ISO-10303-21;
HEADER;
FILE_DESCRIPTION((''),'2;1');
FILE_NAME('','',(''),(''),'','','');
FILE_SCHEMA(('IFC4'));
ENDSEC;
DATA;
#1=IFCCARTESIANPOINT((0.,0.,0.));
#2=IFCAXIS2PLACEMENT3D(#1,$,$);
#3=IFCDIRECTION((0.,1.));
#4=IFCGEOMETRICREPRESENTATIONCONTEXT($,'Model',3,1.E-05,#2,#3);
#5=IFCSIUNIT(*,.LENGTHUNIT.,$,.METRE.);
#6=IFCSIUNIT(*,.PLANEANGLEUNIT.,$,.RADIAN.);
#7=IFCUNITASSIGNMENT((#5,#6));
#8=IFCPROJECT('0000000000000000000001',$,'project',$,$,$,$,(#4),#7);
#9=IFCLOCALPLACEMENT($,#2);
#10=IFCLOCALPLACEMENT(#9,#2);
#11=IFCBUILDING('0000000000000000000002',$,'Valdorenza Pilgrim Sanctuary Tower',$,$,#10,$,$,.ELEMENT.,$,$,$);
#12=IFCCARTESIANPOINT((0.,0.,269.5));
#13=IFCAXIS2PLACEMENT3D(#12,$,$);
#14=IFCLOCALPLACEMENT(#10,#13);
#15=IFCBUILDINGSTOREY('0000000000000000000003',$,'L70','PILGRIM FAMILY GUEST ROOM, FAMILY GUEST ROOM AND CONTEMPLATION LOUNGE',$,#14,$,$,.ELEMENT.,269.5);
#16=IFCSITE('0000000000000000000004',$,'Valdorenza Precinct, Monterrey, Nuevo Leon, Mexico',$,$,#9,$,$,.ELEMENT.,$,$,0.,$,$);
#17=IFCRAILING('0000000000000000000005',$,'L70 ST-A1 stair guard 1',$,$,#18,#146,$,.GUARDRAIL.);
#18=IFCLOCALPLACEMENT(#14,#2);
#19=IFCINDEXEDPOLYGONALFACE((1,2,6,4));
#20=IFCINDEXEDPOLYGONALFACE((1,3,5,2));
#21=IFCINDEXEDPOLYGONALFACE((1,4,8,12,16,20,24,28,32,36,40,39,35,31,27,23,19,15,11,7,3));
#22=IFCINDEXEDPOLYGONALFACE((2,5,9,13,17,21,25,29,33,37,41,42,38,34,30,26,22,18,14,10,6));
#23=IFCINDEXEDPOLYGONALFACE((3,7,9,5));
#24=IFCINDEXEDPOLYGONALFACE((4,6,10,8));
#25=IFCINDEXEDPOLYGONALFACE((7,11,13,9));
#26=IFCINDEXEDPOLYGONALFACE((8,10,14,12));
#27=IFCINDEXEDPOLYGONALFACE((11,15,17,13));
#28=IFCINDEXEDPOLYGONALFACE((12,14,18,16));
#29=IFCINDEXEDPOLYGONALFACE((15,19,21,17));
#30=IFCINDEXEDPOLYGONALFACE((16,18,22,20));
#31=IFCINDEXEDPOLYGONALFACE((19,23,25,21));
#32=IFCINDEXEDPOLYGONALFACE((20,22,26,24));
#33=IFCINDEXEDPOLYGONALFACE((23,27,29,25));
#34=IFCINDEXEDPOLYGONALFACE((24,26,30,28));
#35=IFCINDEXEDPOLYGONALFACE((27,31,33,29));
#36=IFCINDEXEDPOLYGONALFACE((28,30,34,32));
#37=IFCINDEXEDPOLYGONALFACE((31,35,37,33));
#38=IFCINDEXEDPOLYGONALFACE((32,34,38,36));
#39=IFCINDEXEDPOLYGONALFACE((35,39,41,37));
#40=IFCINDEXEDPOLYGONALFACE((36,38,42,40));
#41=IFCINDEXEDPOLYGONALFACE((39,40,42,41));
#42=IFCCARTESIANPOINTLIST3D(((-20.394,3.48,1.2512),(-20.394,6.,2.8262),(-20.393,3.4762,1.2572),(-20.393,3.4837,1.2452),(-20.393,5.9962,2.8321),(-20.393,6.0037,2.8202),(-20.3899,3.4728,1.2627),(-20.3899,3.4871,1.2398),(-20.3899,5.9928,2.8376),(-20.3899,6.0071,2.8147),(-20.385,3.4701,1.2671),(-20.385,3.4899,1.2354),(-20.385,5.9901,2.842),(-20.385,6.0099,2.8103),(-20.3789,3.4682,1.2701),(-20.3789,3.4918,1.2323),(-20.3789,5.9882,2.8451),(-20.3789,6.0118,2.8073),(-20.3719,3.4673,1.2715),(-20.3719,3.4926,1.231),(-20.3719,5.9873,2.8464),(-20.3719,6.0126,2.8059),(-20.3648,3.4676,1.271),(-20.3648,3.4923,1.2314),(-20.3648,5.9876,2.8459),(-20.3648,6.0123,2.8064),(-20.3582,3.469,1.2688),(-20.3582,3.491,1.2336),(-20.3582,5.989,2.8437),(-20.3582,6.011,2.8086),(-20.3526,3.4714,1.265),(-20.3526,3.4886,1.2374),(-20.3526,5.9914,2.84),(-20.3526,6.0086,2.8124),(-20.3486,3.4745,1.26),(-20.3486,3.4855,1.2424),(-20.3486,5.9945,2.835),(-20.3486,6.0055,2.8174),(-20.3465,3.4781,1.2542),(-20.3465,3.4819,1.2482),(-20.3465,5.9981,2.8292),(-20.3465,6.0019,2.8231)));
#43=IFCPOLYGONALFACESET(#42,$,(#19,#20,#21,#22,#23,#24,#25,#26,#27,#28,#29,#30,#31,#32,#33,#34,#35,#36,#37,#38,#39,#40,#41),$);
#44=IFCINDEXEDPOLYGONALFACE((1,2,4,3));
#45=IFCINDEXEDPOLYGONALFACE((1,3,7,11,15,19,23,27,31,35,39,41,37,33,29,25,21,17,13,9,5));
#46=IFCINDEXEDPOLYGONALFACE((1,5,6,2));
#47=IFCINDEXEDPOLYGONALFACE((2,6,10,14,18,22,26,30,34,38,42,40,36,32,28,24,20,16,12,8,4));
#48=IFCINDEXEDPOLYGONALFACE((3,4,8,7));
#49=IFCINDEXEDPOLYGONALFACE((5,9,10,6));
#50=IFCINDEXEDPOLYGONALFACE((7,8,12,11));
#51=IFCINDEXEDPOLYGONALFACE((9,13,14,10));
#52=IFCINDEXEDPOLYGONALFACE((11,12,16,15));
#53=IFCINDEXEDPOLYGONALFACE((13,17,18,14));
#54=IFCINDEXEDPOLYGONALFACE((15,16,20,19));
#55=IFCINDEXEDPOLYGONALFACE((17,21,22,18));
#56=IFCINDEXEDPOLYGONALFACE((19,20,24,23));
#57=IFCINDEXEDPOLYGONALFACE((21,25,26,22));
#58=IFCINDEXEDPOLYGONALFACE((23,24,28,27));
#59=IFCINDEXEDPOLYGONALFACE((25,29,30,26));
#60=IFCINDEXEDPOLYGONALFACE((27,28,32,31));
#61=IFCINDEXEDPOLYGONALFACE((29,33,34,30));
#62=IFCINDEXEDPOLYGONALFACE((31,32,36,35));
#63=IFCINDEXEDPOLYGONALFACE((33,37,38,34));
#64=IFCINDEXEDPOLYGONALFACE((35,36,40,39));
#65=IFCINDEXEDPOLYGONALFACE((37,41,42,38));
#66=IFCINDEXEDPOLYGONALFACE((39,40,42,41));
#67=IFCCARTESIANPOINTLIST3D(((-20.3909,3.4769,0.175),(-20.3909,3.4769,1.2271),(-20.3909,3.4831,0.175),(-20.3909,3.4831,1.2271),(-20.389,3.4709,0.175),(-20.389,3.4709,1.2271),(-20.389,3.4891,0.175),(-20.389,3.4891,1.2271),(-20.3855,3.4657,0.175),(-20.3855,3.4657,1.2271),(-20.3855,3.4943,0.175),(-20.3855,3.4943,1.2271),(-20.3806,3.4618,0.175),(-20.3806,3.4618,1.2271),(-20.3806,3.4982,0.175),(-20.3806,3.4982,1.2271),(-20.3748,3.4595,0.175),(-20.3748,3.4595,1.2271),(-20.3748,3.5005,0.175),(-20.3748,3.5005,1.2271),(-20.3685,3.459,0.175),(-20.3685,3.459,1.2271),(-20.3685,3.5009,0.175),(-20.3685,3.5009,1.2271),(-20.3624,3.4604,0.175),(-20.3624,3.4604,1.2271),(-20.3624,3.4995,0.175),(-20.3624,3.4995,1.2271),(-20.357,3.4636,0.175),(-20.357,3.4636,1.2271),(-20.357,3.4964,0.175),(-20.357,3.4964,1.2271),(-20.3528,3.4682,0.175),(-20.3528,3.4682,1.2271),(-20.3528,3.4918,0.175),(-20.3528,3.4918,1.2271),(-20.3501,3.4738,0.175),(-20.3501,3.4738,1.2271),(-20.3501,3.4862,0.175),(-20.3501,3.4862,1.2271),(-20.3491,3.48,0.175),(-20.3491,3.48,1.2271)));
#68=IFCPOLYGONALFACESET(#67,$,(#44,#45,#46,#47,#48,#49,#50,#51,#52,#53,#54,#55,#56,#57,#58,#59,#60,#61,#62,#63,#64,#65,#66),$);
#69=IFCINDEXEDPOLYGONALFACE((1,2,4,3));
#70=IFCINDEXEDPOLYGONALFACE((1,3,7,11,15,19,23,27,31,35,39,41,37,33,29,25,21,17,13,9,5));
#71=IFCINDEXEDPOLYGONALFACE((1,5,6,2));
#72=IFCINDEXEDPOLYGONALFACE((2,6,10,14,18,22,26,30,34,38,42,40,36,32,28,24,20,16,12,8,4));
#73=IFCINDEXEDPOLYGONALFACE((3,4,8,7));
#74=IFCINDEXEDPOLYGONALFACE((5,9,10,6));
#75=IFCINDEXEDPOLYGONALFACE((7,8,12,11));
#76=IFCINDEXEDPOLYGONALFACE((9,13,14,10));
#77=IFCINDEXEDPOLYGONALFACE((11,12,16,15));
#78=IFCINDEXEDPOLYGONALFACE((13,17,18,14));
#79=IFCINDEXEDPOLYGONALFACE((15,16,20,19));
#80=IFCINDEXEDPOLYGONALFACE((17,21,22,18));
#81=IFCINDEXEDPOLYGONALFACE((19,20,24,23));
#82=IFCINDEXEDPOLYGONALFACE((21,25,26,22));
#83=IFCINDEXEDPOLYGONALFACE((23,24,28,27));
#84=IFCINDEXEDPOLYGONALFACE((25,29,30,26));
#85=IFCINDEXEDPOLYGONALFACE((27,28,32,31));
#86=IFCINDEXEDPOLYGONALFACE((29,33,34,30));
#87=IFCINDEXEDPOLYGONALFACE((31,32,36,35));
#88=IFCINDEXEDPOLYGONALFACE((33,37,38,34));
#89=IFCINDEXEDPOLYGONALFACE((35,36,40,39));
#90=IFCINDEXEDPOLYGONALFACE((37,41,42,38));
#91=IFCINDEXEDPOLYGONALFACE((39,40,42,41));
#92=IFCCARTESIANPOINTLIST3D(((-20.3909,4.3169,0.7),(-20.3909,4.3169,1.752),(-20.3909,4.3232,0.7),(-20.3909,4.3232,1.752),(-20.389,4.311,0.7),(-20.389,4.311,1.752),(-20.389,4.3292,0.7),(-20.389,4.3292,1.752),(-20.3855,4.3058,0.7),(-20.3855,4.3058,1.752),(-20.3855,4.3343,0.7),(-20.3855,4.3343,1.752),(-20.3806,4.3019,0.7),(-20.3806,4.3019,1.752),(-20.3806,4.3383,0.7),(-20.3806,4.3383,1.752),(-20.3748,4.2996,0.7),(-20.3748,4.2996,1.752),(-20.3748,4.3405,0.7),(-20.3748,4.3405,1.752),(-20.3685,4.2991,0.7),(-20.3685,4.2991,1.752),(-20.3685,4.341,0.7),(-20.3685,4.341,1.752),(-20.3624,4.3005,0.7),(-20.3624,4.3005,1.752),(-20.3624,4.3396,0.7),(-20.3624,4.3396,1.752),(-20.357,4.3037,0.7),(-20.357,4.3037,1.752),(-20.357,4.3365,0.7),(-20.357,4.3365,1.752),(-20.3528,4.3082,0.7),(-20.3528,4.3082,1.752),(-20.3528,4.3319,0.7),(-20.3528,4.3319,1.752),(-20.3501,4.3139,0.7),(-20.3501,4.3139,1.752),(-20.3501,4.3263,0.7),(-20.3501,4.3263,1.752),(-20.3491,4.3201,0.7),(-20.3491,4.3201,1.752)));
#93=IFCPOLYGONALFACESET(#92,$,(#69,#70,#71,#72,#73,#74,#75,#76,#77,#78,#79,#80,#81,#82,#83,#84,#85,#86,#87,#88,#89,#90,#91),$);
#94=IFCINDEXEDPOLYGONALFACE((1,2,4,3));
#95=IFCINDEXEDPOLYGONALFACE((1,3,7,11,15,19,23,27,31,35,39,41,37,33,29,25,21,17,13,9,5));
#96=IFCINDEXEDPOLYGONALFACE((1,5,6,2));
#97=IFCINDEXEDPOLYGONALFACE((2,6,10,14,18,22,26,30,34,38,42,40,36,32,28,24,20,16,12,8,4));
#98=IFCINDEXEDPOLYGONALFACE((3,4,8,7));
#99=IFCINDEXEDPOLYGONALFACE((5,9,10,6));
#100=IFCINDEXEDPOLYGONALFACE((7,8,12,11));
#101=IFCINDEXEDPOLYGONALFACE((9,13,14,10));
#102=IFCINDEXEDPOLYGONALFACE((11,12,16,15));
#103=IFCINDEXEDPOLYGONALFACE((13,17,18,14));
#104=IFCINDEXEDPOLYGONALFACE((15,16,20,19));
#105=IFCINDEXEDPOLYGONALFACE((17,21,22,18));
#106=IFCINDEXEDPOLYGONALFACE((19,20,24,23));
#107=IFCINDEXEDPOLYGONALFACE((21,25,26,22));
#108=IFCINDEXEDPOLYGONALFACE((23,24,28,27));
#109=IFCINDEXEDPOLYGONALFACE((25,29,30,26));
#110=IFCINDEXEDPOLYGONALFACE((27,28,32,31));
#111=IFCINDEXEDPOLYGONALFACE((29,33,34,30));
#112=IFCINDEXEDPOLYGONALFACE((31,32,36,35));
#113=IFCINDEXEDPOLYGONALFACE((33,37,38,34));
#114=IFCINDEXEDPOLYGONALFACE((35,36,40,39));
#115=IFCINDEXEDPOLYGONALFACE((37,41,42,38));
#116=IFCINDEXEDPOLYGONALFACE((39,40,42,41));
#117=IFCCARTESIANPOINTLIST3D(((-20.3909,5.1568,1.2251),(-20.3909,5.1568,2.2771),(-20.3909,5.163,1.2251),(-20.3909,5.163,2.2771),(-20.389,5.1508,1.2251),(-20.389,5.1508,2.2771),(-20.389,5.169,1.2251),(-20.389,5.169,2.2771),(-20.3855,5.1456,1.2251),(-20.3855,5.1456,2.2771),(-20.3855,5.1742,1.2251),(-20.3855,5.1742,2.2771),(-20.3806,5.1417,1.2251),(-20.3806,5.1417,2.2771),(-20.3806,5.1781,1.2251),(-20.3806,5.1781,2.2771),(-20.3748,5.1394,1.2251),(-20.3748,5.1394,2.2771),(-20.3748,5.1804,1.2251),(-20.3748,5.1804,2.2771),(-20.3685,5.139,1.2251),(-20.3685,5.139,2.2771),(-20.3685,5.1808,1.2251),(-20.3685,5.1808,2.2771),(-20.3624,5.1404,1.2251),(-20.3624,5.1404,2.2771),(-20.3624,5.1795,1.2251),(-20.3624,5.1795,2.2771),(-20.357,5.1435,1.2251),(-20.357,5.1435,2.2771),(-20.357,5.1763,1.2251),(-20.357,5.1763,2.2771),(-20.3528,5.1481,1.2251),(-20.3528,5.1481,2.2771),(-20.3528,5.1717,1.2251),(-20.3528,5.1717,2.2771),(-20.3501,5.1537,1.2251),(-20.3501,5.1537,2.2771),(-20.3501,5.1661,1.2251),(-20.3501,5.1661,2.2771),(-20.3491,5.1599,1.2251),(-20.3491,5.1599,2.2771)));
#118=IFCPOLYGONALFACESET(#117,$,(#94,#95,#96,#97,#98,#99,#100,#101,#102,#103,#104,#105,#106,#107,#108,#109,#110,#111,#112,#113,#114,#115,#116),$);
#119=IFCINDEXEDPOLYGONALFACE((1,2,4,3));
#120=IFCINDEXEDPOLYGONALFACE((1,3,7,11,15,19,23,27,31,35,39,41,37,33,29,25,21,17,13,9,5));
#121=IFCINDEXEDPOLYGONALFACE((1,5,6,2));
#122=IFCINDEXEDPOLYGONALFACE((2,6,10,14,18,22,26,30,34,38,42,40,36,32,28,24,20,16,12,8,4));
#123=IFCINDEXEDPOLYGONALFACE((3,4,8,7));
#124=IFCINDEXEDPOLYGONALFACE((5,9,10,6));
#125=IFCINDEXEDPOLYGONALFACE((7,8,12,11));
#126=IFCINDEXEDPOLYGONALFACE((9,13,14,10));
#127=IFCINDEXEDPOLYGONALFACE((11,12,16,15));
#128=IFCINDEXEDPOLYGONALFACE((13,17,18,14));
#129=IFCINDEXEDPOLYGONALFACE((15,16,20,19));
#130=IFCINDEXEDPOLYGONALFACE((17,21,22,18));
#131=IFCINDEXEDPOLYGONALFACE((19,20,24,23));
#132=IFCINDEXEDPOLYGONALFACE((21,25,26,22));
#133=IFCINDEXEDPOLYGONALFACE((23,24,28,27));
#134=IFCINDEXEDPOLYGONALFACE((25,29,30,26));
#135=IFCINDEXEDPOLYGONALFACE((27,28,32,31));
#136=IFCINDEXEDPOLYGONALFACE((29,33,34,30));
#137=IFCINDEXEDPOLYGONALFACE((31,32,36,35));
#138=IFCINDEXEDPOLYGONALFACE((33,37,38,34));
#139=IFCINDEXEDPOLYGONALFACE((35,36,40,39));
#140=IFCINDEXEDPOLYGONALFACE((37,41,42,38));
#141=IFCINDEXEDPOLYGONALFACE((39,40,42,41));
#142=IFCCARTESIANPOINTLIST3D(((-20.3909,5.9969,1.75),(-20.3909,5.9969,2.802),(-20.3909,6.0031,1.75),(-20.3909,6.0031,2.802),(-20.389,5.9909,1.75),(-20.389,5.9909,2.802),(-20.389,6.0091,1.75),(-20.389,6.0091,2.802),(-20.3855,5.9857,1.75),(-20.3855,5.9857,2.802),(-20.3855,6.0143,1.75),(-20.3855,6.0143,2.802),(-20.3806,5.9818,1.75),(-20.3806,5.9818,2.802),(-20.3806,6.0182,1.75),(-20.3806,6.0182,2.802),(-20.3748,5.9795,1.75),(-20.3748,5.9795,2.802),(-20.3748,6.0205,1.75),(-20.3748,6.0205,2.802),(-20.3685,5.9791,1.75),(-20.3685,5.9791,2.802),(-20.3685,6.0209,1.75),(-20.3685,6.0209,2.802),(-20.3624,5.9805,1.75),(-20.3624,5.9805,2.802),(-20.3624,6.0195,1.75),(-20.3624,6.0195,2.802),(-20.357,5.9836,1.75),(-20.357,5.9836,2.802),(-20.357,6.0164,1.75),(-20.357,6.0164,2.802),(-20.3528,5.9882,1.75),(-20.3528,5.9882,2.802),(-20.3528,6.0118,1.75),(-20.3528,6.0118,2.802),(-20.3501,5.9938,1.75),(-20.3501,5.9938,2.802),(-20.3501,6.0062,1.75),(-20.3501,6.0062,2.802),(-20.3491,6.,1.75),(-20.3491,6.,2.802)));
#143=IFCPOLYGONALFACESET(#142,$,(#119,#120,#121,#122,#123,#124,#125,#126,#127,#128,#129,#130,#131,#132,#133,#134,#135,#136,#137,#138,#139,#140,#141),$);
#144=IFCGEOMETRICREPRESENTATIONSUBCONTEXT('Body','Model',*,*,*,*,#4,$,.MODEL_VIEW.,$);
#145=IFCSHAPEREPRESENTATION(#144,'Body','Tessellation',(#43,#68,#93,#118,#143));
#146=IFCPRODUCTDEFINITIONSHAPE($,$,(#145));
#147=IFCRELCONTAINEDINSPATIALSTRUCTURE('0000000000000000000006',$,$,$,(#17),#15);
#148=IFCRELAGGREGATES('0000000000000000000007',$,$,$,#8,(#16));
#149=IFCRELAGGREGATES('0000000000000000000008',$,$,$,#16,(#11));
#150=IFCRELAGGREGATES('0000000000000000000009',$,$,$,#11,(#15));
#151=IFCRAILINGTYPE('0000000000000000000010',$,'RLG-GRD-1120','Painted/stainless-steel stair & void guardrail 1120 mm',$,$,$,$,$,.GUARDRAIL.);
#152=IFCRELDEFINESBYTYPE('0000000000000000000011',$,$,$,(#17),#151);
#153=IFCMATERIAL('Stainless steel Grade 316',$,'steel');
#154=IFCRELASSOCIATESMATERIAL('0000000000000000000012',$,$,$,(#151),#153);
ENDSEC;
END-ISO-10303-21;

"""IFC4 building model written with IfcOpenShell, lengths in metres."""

from ifc_helpers import new_model, si_unit, direction, frame, origin, origin_2d, place, context, subcontext, project, spatial, circle, extrude, material, type_object, element, save


model = new_model("IFC4")

# Units and contexts
model_context = context("Model", 3, precision=1e-05, world=origin(), true_north=direction((0.0, 1.0)))
body_context = subcontext(model_context, "Body", "Model", "MODEL_VIEW")
ifc_project = project(units=[si_unit("LENGTHUNIT", "METRE"), si_unit("PLANEANGLEUNIT", "RADIAN")], contexts=[model_context])

# Site, building, storey
site_placement = place(None, origin())
site = spatial("IfcSite", under=ifc_project, at=site_placement, Name="Valdorenza Precinct, Monterrey, Nuevo Leon, Mexico", CompositionType="ELEMENT", RefElevation=0.0)
building_placement = place(site_placement, origin())
building = spatial("IfcBuilding", under=site, at=building_placement, Name="Valdorenza Pilgrim Sanctuary Tower", CompositionType="ELEMENT")
storey_placement = place(building_placement, frame((0.0, 0.0, 269.5)))
storey = spatial("IfcBuildingStorey", under=building, at=storey_placement, Name="L70", Description="PILGRIM FAMILY GUEST ROOM, FAMILY GUEST ROOM AND CONTEMPLATION LOUNGE", CompositionType="ELEMENT", Elevation=269.5)

# Railing
ifc_material_1 = material(Name="Stainless steel Grade 316", Category="steel")
railing_type_1 = type_object("IfcRailingType", Name="RLG-GRD-1120", Description="Painted/stainless-steel stair & void guardrail 1120 mm", PredefinedType="GUARDRAIL", material=ifc_material_1)
railing_1_placement = place(storey_placement, frame((-20.3701, 3.48, 0.175)))
element("IfcRailing", 1, at=railing_1_placement, inside=storey, type_object=railing_type_1, Name="L70 ST-A1 stair guard 1", PredefinedType="GUARDRAIL", context=body_context, shape_type="SweptSolid", body=[
    extrude(circle(Radius=0.0239, at=origin_2d()), frame((0.0, 0.0, 1.0762), z_axis=(0.0, 0.848008, 0.529984), x_axis=(-1.0, 0.0, 0.0)), (0.0, 0.0, 1.0), 2.9717),
    extrude(circle(Radius=0.021, at=origin_2d()), origin(), (0.0, 0.0, 1.0), 1.052),
    extrude(circle(Radius=0.021, at=origin_2d()), frame((0.0, 0.8401, 0.5249)), (0.0, 0.0, 1.0), 1.052),
    extrude(circle(Radius=0.021, at=origin_2d()), frame((0.0, 1.6799, 1.05)), (0.0, 0.0, 1.0), 1.052),
    extrude(circle(Radius=0.021, at=origin_2d()), frame((0.0, 2.52, 1.575)), (0.0, 0.0, 1.0), 1.052),
])

save(model, "model.ifc")
